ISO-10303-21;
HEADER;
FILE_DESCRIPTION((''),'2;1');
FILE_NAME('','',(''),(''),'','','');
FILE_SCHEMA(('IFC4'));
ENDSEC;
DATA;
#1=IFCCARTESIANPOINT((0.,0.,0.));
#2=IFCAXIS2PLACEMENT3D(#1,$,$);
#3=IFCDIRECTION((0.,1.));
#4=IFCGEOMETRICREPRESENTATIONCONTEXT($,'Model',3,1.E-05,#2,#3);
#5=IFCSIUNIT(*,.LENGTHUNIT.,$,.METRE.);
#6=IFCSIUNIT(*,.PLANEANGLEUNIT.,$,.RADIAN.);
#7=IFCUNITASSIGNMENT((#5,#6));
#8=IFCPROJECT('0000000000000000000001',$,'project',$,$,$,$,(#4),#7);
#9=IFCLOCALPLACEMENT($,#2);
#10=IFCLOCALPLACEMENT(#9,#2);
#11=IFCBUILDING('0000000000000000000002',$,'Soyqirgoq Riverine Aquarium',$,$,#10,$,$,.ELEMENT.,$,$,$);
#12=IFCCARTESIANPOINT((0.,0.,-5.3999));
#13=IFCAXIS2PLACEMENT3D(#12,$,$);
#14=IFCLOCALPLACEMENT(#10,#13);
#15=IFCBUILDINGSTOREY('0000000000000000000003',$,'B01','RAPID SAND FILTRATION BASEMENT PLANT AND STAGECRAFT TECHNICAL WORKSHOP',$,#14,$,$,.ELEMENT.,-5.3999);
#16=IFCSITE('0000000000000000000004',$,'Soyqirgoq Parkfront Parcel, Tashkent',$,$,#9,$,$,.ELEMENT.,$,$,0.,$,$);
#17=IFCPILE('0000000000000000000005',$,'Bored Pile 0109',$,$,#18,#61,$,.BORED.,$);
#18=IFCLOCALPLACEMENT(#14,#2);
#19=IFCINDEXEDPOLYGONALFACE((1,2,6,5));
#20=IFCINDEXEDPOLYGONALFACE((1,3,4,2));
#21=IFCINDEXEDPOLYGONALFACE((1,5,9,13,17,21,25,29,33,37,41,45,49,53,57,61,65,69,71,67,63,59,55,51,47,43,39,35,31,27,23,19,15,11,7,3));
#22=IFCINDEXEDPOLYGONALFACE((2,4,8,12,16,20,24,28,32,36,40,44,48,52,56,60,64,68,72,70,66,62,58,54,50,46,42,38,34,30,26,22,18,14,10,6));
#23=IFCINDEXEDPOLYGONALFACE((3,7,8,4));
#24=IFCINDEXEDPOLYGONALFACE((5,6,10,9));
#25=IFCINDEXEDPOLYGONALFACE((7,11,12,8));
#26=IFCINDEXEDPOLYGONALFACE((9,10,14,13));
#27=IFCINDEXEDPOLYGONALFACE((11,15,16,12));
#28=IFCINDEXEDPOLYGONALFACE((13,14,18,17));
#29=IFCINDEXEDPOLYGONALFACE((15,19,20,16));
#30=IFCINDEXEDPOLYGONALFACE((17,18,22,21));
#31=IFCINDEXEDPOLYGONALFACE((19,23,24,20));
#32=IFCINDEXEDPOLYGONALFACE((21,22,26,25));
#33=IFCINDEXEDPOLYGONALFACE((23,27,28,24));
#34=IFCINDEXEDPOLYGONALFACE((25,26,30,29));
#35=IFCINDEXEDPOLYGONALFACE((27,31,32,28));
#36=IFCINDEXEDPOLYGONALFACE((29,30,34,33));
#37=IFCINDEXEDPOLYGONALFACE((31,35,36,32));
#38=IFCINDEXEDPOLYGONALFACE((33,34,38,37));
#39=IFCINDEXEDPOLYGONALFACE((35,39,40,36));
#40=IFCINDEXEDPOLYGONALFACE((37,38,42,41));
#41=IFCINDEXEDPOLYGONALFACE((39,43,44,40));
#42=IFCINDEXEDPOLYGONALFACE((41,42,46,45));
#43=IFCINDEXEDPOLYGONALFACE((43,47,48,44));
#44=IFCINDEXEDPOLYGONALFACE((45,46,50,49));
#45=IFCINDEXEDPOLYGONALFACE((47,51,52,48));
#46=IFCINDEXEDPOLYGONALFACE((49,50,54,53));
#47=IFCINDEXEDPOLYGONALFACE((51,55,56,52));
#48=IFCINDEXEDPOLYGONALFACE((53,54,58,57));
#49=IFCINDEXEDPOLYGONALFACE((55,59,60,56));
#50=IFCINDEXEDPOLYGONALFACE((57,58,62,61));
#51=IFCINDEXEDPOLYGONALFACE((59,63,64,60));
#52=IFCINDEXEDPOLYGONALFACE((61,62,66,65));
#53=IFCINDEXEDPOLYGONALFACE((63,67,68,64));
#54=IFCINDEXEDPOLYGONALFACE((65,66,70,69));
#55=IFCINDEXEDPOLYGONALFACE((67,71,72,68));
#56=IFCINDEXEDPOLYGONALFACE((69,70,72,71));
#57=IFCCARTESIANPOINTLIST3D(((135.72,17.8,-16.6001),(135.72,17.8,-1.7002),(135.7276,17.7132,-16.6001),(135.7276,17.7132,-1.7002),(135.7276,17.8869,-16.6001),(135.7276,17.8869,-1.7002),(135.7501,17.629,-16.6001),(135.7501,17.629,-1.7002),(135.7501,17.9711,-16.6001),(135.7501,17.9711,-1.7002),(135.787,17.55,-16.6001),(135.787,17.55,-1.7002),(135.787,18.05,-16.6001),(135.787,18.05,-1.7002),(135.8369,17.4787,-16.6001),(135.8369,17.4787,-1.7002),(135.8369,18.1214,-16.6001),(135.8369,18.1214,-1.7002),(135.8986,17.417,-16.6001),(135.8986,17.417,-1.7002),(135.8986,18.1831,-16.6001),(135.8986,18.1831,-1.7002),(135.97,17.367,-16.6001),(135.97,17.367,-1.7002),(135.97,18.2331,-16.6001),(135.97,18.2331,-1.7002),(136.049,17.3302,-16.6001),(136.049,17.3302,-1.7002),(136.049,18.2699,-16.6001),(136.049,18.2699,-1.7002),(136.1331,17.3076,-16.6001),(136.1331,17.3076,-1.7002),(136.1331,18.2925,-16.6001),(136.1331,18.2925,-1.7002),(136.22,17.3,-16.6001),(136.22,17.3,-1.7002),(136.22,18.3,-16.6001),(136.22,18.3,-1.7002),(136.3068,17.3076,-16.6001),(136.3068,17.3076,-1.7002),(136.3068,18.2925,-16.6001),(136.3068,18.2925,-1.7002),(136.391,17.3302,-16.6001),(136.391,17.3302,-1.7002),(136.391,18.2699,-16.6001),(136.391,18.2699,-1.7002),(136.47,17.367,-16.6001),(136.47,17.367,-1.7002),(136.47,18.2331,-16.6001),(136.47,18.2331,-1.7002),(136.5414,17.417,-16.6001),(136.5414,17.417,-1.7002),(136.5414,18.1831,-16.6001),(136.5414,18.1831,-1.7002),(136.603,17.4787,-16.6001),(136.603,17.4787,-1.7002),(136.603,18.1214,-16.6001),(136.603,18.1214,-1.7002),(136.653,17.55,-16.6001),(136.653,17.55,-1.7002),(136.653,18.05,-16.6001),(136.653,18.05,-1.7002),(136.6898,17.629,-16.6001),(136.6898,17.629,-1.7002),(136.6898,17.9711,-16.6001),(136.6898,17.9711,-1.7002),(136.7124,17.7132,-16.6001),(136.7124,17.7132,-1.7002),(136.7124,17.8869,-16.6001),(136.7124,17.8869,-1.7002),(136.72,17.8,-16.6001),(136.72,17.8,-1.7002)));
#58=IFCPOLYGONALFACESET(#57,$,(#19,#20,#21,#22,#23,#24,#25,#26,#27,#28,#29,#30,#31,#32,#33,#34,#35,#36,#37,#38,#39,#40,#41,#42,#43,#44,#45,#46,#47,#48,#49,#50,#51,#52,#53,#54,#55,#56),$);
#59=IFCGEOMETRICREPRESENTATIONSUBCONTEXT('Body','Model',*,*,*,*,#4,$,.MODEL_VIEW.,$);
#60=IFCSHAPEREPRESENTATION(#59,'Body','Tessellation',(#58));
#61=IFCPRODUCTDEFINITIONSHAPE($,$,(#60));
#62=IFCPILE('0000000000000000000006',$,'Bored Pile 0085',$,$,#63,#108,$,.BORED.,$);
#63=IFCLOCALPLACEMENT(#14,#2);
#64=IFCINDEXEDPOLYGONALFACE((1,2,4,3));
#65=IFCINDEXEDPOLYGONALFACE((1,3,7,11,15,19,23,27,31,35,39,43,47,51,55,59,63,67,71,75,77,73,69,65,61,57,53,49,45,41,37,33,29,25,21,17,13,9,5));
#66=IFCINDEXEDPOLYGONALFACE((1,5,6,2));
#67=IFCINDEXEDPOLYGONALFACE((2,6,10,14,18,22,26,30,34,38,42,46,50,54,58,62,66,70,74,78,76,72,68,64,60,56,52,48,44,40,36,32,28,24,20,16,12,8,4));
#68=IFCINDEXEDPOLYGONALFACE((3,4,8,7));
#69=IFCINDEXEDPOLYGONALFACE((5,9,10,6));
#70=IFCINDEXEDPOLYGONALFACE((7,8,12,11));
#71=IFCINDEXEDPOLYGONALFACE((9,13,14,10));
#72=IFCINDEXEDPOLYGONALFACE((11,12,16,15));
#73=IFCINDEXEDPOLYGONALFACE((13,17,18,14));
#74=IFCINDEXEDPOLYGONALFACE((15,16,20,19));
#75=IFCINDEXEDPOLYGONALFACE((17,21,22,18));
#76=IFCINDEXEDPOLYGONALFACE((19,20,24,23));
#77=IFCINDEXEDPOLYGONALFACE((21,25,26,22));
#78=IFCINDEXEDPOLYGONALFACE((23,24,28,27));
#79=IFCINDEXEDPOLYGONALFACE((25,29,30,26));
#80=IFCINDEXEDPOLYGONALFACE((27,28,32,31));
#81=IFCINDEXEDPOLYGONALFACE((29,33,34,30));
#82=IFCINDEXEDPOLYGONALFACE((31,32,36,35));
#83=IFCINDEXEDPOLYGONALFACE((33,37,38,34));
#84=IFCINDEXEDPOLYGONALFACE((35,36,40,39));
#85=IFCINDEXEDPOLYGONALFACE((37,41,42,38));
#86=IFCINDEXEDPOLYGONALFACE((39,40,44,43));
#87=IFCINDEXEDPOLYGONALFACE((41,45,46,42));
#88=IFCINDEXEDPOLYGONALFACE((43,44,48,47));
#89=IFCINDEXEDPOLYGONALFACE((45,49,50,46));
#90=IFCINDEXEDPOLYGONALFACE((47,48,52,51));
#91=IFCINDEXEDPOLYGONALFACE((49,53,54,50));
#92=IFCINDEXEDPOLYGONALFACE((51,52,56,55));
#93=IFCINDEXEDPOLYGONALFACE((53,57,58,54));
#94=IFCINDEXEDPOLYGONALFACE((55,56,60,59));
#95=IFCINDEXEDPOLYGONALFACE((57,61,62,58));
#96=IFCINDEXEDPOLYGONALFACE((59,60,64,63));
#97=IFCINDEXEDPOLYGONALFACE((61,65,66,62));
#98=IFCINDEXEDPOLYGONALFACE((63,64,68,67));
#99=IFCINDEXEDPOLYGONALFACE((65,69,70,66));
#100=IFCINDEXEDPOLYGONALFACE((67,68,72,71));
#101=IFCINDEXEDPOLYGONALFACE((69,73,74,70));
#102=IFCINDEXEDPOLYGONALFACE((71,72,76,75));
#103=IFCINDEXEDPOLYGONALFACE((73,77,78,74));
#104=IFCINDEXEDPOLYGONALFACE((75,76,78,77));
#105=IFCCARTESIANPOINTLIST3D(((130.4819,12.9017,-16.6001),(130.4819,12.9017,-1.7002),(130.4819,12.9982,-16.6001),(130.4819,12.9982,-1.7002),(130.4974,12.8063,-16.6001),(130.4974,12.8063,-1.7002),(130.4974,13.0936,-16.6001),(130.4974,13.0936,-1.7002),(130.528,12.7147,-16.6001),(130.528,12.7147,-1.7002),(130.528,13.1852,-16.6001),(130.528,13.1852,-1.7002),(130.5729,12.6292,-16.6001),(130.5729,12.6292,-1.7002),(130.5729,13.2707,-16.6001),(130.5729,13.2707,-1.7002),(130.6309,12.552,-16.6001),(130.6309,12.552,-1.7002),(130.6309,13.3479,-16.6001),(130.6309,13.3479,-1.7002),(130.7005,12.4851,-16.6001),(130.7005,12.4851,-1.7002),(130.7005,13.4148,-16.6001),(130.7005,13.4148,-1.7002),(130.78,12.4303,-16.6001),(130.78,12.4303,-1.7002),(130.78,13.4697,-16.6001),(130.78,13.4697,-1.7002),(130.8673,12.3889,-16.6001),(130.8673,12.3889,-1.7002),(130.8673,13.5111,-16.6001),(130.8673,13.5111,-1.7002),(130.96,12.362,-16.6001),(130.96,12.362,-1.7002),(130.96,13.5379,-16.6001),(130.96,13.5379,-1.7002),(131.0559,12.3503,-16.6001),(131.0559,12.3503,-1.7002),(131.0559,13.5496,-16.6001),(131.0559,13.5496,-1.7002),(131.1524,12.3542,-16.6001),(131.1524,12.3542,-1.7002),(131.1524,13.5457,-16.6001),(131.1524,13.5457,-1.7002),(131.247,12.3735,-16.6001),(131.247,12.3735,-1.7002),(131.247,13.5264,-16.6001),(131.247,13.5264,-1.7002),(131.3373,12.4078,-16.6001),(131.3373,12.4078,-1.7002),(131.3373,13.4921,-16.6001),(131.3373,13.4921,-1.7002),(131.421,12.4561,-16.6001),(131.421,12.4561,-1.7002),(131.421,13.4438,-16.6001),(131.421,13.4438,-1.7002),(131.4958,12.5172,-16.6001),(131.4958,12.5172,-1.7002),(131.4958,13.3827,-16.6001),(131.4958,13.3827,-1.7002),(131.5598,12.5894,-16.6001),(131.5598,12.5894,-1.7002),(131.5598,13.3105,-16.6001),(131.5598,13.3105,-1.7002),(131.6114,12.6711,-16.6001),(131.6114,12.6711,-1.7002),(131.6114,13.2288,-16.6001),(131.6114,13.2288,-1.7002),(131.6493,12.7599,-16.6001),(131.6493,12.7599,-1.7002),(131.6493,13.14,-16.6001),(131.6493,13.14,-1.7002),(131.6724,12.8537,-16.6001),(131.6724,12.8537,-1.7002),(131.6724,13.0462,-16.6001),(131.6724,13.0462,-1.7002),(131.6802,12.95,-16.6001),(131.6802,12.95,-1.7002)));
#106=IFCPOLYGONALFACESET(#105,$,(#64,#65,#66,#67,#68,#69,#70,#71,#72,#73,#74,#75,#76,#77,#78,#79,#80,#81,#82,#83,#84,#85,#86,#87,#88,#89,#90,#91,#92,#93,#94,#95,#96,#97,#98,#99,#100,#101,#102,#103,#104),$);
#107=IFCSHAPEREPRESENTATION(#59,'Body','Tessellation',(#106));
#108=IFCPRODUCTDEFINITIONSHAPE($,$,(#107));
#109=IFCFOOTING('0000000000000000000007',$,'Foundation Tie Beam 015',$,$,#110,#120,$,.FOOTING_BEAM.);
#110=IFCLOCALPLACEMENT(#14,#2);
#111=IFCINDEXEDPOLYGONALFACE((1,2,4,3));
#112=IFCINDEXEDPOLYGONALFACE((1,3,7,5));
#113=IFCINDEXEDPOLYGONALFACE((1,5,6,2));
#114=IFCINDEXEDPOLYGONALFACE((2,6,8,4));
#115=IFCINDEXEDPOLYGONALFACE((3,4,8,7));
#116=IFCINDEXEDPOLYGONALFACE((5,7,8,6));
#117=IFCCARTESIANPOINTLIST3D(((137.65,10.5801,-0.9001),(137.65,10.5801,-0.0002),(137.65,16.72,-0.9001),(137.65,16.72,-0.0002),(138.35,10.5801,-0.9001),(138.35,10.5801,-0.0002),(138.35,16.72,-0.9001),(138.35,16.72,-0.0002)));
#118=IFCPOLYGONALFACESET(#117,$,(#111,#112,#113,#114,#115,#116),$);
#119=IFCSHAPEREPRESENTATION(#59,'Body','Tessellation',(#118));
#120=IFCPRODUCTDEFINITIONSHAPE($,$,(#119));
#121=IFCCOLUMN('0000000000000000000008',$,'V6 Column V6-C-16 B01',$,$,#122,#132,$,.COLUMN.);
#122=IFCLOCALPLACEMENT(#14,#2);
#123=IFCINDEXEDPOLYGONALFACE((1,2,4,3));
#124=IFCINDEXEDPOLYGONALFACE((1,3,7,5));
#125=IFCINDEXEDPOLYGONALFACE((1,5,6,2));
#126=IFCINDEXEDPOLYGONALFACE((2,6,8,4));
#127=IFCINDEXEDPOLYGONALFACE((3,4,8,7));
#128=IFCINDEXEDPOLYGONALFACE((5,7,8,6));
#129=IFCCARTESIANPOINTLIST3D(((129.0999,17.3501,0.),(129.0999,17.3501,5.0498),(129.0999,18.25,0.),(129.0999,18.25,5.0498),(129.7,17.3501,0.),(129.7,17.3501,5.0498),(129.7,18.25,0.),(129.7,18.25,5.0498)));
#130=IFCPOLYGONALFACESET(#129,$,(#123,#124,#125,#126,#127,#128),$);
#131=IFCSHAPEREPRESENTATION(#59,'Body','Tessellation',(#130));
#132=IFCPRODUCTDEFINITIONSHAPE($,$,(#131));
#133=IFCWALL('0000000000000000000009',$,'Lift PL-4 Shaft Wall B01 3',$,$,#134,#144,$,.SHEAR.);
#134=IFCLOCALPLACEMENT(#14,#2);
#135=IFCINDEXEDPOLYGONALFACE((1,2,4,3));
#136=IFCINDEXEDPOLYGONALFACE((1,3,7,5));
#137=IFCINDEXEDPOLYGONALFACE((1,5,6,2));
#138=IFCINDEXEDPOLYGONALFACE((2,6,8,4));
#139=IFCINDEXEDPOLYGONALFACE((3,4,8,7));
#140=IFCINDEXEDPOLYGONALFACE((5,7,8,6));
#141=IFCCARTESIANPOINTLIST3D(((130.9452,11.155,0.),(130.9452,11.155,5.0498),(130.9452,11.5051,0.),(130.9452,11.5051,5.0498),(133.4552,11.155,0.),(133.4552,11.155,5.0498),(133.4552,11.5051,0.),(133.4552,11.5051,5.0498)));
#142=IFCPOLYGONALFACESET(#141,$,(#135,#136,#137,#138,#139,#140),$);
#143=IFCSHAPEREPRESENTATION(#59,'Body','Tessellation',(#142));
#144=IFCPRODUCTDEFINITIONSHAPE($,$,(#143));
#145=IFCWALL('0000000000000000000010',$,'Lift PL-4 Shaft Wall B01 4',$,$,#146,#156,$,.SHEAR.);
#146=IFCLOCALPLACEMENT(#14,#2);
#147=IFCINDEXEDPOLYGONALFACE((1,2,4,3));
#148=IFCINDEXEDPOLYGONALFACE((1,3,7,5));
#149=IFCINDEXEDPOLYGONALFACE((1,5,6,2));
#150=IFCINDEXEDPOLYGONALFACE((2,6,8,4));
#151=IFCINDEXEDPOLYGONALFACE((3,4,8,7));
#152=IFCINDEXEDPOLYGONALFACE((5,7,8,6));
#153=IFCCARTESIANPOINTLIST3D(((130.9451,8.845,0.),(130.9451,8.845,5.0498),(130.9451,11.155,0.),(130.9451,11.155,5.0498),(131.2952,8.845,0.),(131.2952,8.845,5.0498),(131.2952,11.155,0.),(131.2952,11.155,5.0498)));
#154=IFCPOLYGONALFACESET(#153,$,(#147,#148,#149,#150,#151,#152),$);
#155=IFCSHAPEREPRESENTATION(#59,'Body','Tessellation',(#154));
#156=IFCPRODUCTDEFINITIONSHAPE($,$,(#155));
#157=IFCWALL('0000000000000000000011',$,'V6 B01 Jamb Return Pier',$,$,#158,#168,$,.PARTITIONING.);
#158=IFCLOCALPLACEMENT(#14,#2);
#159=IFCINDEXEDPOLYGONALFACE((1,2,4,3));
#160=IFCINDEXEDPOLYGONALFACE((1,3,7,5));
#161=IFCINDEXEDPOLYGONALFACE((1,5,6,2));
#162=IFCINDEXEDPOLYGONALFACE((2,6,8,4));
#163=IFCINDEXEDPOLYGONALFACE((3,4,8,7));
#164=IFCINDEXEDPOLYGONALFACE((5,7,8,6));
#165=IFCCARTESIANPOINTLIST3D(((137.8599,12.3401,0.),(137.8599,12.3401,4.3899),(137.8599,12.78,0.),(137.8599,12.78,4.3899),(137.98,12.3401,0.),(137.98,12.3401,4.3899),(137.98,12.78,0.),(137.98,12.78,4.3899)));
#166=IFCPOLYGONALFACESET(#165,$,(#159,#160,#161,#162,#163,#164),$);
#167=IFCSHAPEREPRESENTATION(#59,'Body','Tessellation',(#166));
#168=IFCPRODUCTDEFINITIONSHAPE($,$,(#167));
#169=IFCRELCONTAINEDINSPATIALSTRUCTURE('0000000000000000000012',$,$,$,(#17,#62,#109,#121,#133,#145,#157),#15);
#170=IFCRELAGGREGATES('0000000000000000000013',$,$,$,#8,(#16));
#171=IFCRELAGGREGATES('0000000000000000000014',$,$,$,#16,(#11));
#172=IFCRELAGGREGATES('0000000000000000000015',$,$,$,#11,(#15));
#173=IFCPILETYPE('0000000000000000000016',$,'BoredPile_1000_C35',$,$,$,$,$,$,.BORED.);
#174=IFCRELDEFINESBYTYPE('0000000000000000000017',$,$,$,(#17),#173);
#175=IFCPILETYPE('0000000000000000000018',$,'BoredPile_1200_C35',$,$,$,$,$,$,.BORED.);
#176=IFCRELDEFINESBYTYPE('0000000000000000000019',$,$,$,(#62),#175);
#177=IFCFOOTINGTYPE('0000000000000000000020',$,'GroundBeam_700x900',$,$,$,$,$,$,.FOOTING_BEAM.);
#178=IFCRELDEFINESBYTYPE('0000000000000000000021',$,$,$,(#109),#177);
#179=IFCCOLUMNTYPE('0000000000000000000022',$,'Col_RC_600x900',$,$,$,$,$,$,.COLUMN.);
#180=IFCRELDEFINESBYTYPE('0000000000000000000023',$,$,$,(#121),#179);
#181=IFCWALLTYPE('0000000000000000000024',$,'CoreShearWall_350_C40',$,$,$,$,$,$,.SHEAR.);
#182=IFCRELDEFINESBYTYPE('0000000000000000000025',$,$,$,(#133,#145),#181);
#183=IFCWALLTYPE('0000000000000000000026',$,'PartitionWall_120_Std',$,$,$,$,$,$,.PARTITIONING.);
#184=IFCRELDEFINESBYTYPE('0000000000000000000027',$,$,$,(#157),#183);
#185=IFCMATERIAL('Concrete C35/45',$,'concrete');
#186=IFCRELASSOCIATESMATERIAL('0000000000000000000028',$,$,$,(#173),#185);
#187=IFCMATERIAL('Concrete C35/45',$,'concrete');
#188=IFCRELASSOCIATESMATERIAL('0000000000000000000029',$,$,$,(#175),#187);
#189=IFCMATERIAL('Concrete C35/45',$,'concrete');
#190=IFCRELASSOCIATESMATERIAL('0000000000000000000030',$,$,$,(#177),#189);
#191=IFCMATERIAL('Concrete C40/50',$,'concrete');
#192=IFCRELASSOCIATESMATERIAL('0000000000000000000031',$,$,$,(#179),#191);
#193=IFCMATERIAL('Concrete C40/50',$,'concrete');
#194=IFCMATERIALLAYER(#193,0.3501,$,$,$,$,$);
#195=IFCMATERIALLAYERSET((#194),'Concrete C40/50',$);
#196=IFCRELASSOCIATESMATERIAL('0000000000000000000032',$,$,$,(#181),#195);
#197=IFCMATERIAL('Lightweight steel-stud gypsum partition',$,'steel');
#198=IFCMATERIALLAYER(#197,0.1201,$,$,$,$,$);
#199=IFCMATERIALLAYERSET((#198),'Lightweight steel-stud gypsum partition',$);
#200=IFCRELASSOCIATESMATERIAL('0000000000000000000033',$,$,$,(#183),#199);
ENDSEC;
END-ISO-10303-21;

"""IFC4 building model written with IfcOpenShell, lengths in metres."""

from ifc_helpers import new_model, si_unit, direction, frame, frame_2d, origin, origin_2d, place, context, subcontext, project, spatial, rectangle, circle, extrude, material, layer, layer_set, material_profile, profile_set, type_object, element, save


model = new_model("IFC4")

# Units and contexts
model_context = context("Model", 3, precision=1e-05, world=origin(), true_north=direction((0.0, 1.0)))
body_context = subcontext(model_context, "Body", "Model", "MODEL_VIEW")
ifc_project = project(units=[si_unit("LENGTHUNIT", "METRE"), si_unit("PLANEANGLEUNIT", "RADIAN")], contexts=[model_context])

# Site, building, storey
site_placement = place(None, origin())
site = spatial("IfcSite", under=ifc_project, at=site_placement, Name="Soyqirgoq Parkfront Parcel, Tashkent", CompositionType="ELEMENT", RefElevation=0.0)
building_placement = place(site_placement, origin())
building = spatial("IfcBuilding", under=site, at=building_placement, Name="Soyqirgoq Riverine Aquarium", CompositionType="ELEMENT")
storey_placement = place(building_placement, frame((0.0, 0.0, -5.3999)))
storey = spatial("IfcBuildingStorey", under=building, at=storey_placement, Name="B01", Description="RAPID SAND FILTRATION BASEMENT PLANT AND STAGECRAFT TECHNICAL WORKSHOP", CompositionType="ELEMENT", Elevation=-5.3999)

# Piles
ifc_material_1 = material(Name="Concrete C35/45", Category="concrete")
ifc_material_profile_1 = material_profile(ifc_material_1, circle(Radius=0.5, at=origin_2d()), Name="BP D1000")
ifc_profile_set_1 = profile_set([ifc_material_profile_1], Name="Concrete C35/45")
pile_type_1 = type_object("IfcPileType", Name="BoredPile_1000_C35", PredefinedType="BORED", material=ifc_profile_set_1)
pile_1_placement = place(storey_placement, frame((136.22, 17.8, -1.7002), z_axis=(0.0, 0.0, -1.0), x_axis=(1.0, 0.0, 0.0)))
element("IfcPile", 1, at=pile_1_placement, inside=storey, type_object=pile_type_1, Name="Bored Pile 0109", PredefinedType="BORED", context=body_context, shape_type="SweptSolid", body=[
    extrude(circle(Radius=0.5, at=origin_2d()), origin(), (0.0, 0.0, 1.0), 14.8999),
])
ifc_material_2 = material(Name="Concrete C35/45", Category="concrete")
ifc_material_profile_2 = material_profile(ifc_material_2, circle(Radius=0.6001, at=origin_2d()), Name="BP D1200")
ifc_profile_set_2 = profile_set([ifc_material_profile_2], Name="Concrete C35/45")
pile_type_2 = type_object("IfcPileType", Name="BoredPile_1200_C35", PredefinedType="BORED", material=ifc_profile_set_2)
pile_2_placement = place(storey_placement, frame((131.0801, 12.95, -1.7002), z_axis=(0.0, 0.0, -1.0), x_axis=(1.0, 0.0, 0.0)))
element("IfcPile", 2, at=pile_2_placement, inside=storey, type_object=pile_type_2, Name="Bored Pile 0085", PredefinedType="BORED", context=body_context, shape_type="SweptSolid", body=[
    extrude(circle(Radius=0.6001, at=origin_2d()), origin(), (0.0, 0.0, 1.0), 14.8999),
])

# Footing
ifc_material_3 = material(Name="Concrete C35/45", Category="concrete")
ifc_material_profile_3 = material_profile(ifc_material_3, rectangle(XDim=0.7, YDim=0.8999, at=origin_2d()), Name="RC 700x900")
ifc_profile_set_3 = profile_set([ifc_material_profile_3], Name="Concrete C35/45")
footing_type = type_object("IfcFootingType", Name="GroundBeam_700x900", PredefinedType="FOOTING_BEAM", material=ifc_profile_set_3)
footing_placement = place(storey_placement, frame((138.0, 10.5801, -0.4502), z_axis=(0.0, 1.0, 0.0), x_axis=(-1.0, 0.0, 0.0)))
element("IfcFooting", 3, at=footing_placement, inside=storey, type_object=footing_type, Name="Foundation Tie Beam 015", PredefinedType="FOOTING_BEAM", context=body_context, shape_type="SweptSolid", body=[
    extrude(rectangle(XDim=0.7, YDim=0.8999, at=origin_2d()), origin(), (0.0, 0.0, 1.0), 6.1399),
])

# Column
ifc_material_4 = material(Name="Concrete C40/50", Category="concrete")
ifc_material_profile_4 = material_profile(ifc_material_4, rectangle(XDim=0.6001, YDim=0.8999, at=origin_2d()), Name="RC-COL 600x900")
ifc_profile_set_4 = profile_set([ifc_material_profile_4], Name="Concrete C40/50")
column_type = type_object("IfcColumnType", Name="Col_RC_600x900", PredefinedType="COLUMN", material=ifc_profile_set_4)
column_placement = place(storey_placement, frame((129.3999, 17.8, 0.0), z_axis=(0.0, 0.0, 1.0), x_axis=(1.0, 0.0, 0.0)))
element("IfcColumn", 4, at=column_placement, inside=storey, type_object=column_type, Name="V6 Column V6-C-16 B01", PredefinedType="COLUMN", context=body_context, shape_type="SweptSolid", body=[
    extrude(rectangle(XDim=0.6001, YDim=0.8999, at=origin_2d()), origin(), (0.0, 0.0, 1.0), 5.0498),
])

# Walls
ifc_material_5 = material(Name="Concrete C40/50", Category="concrete")
ifc_layer_1 = layer(ifc_material_5, 0.3501)
ifc_layer_set_1 = layer_set([ifc_layer_1], Name="Concrete C40/50")
wall_type_1 = type_object("IfcWallType", Name="CoreShearWall_350_C40", PredefinedType="SHEAR", material=ifc_layer_set_1)
wall_1_placement = place(storey_placement, frame((133.4551, 11.3301, 0.0), z_axis=(0.0, 0.0, 1.0), x_axis=(-1.0, 0.0, 0.0)))
element("IfcWall", 5, at=wall_1_placement, inside=storey, type_object=wall_type_1, Name="Lift PL-4 Shaft Wall B01 3", PredefinedType="SHEAR", context=body_context, shape_type="SweptSolid", body=[
    extrude(rectangle(XDim=2.51, YDim=0.3501, at=frame_2d((1.2549, 0.0))), origin(), (0.0, 0.0, 1.0), 5.0498),
])
wall_2_placement = place(storey_placement, frame((131.1201, 11.155, 0.0), z_axis=(0.0, 0.0, 1.0), x_axis=(0.0, -1.0, 0.0)))
element("IfcWall", 6, at=wall_2_placement, inside=storey, type_object=wall_type_1, Name="Lift PL-4 Shaft Wall B01 4", PredefinedType="SHEAR", context=body_context, shape_type="SweptSolid", body=[
    extrude(rectangle(XDim=2.3101, YDim=0.3501, at=frame_2d((1.155, 0.0))), origin(), (0.0, 0.0, 1.0), 5.0498),
])
ifc_material_6 = material(Name="Lightweight steel-stud gypsum partition", Category="steel")
ifc_layer_2 = layer(ifc_material_6, 0.1201)
ifc_layer_set_2 = layer_set([ifc_layer_2], Name="Lightweight steel-stud gypsum partition")
wall_type_2 = type_object("IfcWallType", Name="PartitionWall_120_Std", PredefinedType="PARTITIONING", material=ifc_layer_set_2)
wall_3_placement = place(storey_placement, frame((137.9199, 12.78, 0.0), z_axis=(0.0, 0.0, 1.0), x_axis=(0.0, -1.0, 0.0)))
element("IfcWall", 7, at=wall_3_placement, inside=storey, type_object=wall_type_2, Name="V6 B01 Jamb Return Pier", PredefinedType="PARTITIONING", context=body_context, shape_type="SweptSolid", body=[
    extrude(rectangle(XDim=0.4399, YDim=0.1201, at=frame_2d((0.22, 0.0))), origin(), (0.0, 0.0, 1.0), 4.3899),
])

save(model, "model.ifc")
